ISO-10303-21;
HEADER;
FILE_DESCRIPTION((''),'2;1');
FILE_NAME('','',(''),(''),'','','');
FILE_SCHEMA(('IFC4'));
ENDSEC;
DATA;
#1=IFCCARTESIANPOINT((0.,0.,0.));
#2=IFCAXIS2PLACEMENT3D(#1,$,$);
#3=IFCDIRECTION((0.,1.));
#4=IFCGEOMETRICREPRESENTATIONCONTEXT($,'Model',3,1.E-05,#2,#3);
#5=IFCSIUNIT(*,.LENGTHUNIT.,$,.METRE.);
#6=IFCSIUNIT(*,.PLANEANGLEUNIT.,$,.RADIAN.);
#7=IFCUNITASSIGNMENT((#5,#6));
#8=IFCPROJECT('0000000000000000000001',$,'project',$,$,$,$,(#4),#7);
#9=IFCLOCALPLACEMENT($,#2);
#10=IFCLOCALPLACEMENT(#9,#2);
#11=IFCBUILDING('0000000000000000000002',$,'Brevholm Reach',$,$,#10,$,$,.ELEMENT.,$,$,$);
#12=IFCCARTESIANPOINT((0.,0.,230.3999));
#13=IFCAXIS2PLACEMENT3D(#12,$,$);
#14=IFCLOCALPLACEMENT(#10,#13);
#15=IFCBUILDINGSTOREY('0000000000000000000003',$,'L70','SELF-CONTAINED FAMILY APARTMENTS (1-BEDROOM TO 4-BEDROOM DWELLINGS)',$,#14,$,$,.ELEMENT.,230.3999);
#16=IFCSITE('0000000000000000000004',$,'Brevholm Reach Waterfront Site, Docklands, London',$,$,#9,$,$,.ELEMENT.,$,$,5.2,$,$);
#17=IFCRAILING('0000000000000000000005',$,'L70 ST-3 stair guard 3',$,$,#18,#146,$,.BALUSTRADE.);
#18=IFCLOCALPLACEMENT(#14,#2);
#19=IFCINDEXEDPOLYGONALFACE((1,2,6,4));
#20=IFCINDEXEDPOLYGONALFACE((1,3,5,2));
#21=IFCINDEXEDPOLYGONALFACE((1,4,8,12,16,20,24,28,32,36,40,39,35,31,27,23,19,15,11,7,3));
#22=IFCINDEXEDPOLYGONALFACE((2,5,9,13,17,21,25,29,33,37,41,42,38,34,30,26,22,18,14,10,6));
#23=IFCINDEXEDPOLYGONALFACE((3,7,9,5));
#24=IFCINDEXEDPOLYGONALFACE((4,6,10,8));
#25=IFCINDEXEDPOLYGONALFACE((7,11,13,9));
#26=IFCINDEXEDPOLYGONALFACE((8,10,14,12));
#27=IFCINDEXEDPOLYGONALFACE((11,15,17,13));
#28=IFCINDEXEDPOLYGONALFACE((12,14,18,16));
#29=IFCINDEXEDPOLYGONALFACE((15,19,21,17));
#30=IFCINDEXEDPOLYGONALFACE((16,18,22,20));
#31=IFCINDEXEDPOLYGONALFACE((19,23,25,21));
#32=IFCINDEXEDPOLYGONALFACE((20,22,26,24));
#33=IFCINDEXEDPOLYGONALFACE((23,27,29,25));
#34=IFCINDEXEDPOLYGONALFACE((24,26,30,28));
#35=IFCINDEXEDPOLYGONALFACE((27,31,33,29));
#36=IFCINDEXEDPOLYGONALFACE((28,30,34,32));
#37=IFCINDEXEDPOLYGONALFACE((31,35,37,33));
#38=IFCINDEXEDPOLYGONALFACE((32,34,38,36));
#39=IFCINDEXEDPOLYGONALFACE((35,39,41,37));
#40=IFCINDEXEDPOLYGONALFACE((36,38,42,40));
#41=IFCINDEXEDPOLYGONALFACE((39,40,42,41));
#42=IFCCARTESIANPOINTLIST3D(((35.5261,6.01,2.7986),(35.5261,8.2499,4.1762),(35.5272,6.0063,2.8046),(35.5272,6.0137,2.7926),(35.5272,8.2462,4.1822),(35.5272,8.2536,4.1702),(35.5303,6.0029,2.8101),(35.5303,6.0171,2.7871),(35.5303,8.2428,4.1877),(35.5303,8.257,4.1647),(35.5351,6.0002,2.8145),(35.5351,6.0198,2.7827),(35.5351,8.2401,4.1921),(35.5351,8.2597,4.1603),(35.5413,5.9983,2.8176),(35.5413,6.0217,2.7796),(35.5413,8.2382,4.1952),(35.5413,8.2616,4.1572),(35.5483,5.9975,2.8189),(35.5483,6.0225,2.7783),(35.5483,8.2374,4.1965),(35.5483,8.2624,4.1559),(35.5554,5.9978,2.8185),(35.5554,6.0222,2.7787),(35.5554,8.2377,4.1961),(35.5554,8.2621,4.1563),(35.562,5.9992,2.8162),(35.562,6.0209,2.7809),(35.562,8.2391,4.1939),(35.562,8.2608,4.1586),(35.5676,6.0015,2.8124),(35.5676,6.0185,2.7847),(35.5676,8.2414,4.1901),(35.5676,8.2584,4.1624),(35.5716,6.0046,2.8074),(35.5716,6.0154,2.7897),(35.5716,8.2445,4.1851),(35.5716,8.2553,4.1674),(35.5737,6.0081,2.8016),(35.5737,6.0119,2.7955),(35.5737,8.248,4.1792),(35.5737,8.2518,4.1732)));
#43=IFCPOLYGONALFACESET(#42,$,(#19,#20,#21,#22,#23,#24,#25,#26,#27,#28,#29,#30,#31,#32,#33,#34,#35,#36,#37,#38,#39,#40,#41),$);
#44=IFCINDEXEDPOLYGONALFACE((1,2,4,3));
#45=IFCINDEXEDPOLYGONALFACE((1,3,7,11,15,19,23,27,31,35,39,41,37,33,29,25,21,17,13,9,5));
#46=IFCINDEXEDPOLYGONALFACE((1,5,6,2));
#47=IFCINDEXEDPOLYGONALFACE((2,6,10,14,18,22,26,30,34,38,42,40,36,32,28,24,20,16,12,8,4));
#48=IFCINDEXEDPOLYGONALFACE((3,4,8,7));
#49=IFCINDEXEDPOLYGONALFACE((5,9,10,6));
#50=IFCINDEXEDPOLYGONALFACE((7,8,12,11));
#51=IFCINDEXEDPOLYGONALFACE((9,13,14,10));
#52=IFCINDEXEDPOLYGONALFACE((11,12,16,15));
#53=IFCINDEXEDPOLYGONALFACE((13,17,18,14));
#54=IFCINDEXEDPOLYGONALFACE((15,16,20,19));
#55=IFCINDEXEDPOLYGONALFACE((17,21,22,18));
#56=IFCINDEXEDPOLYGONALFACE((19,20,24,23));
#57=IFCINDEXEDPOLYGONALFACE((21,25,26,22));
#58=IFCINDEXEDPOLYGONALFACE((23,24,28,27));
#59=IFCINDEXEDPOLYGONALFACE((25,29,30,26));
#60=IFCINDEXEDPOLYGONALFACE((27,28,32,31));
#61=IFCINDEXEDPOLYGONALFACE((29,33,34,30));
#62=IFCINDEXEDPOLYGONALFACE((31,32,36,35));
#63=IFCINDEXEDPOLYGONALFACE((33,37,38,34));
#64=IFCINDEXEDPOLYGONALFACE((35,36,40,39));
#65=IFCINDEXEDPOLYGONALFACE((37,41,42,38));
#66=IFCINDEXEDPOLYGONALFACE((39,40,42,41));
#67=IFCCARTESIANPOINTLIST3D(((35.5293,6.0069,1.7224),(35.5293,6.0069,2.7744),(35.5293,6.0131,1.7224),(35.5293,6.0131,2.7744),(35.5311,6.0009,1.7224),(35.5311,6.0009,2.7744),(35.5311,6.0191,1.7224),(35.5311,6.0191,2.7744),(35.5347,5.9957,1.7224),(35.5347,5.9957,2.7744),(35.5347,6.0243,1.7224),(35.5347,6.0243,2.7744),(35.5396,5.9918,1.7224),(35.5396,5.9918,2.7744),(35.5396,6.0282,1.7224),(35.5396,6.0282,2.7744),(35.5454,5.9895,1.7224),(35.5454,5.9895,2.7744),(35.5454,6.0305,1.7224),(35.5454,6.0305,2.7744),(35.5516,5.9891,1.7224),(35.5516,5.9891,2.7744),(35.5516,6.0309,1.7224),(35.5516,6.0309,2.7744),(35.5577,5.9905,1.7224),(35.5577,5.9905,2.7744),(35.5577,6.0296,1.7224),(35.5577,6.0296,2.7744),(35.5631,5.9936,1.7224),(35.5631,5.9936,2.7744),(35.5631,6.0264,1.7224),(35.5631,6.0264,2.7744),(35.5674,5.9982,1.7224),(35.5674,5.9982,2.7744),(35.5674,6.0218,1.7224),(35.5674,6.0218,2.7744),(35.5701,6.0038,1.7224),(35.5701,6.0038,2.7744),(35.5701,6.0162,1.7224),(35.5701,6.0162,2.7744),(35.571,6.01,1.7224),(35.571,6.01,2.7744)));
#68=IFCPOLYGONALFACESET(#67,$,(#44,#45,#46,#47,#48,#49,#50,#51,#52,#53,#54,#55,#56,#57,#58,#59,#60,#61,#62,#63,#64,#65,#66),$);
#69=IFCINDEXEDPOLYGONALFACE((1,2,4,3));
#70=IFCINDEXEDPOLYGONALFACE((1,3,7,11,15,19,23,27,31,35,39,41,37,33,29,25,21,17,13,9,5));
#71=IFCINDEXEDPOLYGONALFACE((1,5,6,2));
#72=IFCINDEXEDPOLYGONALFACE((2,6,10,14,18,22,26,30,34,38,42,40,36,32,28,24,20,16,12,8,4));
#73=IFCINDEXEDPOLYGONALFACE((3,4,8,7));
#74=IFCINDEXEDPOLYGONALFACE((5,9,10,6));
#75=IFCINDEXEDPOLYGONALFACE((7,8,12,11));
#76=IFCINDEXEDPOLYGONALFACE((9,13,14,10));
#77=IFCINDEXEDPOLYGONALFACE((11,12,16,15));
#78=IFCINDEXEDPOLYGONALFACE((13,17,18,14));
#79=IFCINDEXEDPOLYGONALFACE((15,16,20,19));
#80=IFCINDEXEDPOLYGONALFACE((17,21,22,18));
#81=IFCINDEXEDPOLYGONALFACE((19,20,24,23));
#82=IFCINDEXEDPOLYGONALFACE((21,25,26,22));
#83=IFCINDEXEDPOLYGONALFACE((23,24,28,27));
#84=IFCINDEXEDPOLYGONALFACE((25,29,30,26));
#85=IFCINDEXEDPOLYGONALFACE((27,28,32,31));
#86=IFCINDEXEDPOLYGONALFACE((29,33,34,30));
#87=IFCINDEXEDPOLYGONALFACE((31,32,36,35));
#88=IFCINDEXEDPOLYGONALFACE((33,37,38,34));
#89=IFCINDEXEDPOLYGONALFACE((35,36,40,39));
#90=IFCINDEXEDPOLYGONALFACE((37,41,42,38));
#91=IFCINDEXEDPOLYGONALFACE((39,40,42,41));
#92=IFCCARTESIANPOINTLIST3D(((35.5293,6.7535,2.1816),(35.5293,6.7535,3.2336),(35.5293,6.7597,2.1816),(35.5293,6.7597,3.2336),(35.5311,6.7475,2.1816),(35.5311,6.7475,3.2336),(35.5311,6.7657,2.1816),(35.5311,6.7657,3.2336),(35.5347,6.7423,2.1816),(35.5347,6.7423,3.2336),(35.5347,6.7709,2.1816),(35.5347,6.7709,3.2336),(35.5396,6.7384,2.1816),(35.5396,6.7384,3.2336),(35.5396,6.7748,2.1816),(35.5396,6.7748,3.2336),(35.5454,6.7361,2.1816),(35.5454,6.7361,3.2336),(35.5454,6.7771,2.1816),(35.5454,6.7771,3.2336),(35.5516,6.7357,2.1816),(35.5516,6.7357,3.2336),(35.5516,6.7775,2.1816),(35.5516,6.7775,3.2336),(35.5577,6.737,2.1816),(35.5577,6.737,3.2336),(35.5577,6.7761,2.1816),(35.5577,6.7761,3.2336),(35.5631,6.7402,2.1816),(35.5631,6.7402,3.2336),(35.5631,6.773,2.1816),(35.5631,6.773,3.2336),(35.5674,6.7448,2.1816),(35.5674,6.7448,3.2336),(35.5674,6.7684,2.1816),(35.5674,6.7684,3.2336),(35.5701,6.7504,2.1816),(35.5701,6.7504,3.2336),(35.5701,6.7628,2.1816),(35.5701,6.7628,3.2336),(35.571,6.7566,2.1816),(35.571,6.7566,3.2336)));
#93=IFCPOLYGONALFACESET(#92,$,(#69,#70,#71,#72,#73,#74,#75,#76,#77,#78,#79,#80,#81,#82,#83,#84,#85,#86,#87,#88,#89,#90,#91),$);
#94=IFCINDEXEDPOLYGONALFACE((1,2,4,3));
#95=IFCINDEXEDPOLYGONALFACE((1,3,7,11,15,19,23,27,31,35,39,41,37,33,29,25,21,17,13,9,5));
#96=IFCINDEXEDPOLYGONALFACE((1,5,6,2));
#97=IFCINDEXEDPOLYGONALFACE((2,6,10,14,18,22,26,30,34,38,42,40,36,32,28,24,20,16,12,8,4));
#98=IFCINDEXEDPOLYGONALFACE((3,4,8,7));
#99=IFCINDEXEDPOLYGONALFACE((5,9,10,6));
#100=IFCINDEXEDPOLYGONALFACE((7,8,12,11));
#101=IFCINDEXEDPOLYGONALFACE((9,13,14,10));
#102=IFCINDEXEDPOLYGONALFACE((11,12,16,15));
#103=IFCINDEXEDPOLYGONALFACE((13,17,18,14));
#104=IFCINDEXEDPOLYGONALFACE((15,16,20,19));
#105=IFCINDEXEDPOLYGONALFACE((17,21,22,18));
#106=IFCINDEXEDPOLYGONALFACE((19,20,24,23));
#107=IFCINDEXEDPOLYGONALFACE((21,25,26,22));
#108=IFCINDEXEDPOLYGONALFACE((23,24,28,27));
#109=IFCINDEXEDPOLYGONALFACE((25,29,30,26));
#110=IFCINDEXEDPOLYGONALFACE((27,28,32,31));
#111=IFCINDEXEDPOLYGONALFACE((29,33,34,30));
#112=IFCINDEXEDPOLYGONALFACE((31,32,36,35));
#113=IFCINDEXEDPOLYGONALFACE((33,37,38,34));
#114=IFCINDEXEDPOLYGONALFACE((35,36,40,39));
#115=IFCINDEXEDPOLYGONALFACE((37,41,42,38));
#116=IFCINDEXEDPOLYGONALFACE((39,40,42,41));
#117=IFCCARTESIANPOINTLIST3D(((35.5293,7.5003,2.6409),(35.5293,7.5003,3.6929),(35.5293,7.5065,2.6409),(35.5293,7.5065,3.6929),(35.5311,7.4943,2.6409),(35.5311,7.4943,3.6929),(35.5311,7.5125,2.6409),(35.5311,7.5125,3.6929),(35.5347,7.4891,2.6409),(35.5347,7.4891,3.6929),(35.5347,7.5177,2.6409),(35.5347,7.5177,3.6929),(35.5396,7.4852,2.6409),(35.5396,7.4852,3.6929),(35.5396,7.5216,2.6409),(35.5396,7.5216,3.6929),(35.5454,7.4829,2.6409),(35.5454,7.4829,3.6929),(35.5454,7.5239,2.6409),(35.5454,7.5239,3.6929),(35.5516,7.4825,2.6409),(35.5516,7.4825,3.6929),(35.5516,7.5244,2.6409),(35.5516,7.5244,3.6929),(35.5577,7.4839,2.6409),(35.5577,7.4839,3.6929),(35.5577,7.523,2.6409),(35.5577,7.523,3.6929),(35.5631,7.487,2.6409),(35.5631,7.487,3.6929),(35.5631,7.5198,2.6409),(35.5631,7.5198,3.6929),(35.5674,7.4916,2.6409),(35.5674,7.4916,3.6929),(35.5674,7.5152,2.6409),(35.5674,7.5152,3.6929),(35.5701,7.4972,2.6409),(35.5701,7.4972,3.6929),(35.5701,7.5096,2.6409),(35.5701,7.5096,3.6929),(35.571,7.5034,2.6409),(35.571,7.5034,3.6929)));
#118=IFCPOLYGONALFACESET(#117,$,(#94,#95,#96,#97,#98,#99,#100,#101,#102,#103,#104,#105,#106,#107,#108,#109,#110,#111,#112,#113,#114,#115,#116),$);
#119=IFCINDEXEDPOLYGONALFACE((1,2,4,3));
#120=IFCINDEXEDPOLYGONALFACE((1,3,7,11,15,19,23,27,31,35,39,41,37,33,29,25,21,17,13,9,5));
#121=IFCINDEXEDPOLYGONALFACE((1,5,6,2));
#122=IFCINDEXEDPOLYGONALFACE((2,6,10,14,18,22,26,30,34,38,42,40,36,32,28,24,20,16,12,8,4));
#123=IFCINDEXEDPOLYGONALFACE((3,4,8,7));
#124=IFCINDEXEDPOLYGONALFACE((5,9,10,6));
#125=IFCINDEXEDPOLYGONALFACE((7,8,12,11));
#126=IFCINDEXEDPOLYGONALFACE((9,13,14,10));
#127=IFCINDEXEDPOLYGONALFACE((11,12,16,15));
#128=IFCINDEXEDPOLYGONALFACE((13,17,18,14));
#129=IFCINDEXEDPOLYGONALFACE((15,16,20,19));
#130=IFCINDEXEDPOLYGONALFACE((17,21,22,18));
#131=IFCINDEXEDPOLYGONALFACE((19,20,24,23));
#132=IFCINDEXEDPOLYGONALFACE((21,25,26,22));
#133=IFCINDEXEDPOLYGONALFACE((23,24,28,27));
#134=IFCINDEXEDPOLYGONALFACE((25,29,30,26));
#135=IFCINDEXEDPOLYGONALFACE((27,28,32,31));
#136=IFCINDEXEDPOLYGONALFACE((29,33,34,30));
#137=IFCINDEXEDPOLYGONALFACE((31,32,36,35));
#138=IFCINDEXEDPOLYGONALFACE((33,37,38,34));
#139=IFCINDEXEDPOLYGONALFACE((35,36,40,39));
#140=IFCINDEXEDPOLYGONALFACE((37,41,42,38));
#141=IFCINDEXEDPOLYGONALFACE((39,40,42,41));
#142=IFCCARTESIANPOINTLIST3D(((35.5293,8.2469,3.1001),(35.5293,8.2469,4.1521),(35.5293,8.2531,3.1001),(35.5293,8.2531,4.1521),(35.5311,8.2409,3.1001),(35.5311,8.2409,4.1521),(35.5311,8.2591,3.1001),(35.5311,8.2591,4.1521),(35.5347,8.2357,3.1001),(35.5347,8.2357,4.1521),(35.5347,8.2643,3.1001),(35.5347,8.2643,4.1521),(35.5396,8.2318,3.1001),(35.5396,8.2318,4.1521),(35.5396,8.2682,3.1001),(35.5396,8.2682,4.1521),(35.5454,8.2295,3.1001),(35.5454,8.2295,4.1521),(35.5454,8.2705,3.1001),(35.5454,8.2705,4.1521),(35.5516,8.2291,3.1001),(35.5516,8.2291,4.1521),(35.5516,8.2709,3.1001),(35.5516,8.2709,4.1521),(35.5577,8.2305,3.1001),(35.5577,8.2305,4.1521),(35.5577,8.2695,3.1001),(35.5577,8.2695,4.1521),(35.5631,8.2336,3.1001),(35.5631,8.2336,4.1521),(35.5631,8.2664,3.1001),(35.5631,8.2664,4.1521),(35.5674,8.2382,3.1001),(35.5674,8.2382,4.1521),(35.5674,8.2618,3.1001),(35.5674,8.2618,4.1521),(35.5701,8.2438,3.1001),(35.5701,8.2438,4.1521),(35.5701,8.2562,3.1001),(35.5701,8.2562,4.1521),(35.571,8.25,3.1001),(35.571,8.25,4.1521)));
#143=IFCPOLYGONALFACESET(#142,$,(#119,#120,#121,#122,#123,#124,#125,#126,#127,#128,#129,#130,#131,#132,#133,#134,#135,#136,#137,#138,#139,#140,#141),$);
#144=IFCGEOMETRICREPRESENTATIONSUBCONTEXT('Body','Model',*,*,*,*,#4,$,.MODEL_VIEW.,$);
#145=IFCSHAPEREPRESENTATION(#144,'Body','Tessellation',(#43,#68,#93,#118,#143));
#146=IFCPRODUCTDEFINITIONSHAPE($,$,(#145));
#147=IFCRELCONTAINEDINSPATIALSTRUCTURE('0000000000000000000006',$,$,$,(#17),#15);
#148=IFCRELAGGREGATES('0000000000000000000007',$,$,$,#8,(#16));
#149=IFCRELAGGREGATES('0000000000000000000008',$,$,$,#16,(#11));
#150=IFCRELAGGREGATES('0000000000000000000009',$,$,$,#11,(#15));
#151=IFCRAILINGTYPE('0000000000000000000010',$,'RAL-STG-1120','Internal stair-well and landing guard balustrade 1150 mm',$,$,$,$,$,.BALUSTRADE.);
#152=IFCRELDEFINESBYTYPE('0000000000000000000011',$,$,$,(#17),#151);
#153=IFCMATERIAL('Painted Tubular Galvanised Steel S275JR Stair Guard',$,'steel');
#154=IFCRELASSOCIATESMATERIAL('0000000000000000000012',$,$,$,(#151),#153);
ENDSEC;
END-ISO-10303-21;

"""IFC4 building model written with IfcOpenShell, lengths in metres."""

from ifc_helpers import new_model, si_unit, direction, frame, origin, origin_2d, place, context, subcontext, project, spatial, circle, extrude, material, type_object, element, save


model = new_model("IFC4")

# Units and contexts
model_context = context("Model", 3, precision=1e-05, world=origin(), true_north=direction((0.0, 1.0)))
body_context = subcontext(model_context, "Body", "Model", "MODEL_VIEW")
ifc_project = project(units=[si_unit("LENGTHUNIT", "METRE"), si_unit("PLANEANGLEUNIT", "RADIAN")], contexts=[model_context])

# Site, building, storey
site_placement = place(None, origin())
site = spatial("IfcSite", under=ifc_project, at=site_placement, Name="Brevholm Reach Waterfront Site, Docklands, London", CompositionType="ELEMENT", RefElevation=5.2)
building_placement = place(site_placement, origin())
building = spatial("IfcBuilding", under=site, at=building_placement, Name="Brevholm Reach", CompositionType="ELEMENT")
storey_placement = place(building_placement, frame((0.0, 0.0, 230.3999)))
storey = spatial("IfcBuildingStorey", under=building, at=storey_placement, Name="L70", Description="SELF-CONTAINED FAMILY APARTMENTS (1-BEDROOM TO 4-BEDROOM DWELLINGS)", CompositionType="ELEMENT", Elevation=230.3999)

# Railing
ifc_material_1 = material(Name="Painted Tubular Galvanised Steel S275JR Stair Guard", Category="steel")
railing_type_1 = type_object("IfcRailingType", Name="RAL-STG-1120", Description="Internal stair-well and landing guard balustrade 1150 mm", PredefinedType="BALUSTRADE", material=ifc_material_1)
railing_1_placement = place(storey_placement, frame((35.55, 6.01, 1.7224)))
element("IfcRailing", 1, at=railing_1_placement, inside=storey, type_object=railing_type_1, Name="L70 ST-3 stair guard 3", PredefinedType="BALUSTRADE", context=body_context, shape_type="SweptSolid", body=[
    extrude(circle(Radius=0.0239, at=origin_2d()), frame((0.0, 0.0, 1.0762), z_axis=(0.0, 0.851789, 0.523885), x_axis=(-1.0, 0.0, 0.0)), (0.0, 0.0, 1.0), 2.6296),
    extrude(circle(Radius=0.021, at=origin_2d()), origin(), (0.0, 0.0, 1.0), 1.052),
    extrude(circle(Radius=0.021, at=origin_2d()), frame((0.0, 0.7466, 0.4592)), (0.0, 0.0, 1.0), 1.052),
    extrude(circle(Radius=0.021, at=origin_2d()), frame((0.0, 1.4934, 0.9185)), (0.0, 0.0, 1.0), 1.052),
    extrude(circle(Radius=0.021, at=origin_2d()), frame((0.0, 2.24, 1.3777)), (0.0, 0.0, 1.0), 1.052),
])

save(model, "model.ifc")
